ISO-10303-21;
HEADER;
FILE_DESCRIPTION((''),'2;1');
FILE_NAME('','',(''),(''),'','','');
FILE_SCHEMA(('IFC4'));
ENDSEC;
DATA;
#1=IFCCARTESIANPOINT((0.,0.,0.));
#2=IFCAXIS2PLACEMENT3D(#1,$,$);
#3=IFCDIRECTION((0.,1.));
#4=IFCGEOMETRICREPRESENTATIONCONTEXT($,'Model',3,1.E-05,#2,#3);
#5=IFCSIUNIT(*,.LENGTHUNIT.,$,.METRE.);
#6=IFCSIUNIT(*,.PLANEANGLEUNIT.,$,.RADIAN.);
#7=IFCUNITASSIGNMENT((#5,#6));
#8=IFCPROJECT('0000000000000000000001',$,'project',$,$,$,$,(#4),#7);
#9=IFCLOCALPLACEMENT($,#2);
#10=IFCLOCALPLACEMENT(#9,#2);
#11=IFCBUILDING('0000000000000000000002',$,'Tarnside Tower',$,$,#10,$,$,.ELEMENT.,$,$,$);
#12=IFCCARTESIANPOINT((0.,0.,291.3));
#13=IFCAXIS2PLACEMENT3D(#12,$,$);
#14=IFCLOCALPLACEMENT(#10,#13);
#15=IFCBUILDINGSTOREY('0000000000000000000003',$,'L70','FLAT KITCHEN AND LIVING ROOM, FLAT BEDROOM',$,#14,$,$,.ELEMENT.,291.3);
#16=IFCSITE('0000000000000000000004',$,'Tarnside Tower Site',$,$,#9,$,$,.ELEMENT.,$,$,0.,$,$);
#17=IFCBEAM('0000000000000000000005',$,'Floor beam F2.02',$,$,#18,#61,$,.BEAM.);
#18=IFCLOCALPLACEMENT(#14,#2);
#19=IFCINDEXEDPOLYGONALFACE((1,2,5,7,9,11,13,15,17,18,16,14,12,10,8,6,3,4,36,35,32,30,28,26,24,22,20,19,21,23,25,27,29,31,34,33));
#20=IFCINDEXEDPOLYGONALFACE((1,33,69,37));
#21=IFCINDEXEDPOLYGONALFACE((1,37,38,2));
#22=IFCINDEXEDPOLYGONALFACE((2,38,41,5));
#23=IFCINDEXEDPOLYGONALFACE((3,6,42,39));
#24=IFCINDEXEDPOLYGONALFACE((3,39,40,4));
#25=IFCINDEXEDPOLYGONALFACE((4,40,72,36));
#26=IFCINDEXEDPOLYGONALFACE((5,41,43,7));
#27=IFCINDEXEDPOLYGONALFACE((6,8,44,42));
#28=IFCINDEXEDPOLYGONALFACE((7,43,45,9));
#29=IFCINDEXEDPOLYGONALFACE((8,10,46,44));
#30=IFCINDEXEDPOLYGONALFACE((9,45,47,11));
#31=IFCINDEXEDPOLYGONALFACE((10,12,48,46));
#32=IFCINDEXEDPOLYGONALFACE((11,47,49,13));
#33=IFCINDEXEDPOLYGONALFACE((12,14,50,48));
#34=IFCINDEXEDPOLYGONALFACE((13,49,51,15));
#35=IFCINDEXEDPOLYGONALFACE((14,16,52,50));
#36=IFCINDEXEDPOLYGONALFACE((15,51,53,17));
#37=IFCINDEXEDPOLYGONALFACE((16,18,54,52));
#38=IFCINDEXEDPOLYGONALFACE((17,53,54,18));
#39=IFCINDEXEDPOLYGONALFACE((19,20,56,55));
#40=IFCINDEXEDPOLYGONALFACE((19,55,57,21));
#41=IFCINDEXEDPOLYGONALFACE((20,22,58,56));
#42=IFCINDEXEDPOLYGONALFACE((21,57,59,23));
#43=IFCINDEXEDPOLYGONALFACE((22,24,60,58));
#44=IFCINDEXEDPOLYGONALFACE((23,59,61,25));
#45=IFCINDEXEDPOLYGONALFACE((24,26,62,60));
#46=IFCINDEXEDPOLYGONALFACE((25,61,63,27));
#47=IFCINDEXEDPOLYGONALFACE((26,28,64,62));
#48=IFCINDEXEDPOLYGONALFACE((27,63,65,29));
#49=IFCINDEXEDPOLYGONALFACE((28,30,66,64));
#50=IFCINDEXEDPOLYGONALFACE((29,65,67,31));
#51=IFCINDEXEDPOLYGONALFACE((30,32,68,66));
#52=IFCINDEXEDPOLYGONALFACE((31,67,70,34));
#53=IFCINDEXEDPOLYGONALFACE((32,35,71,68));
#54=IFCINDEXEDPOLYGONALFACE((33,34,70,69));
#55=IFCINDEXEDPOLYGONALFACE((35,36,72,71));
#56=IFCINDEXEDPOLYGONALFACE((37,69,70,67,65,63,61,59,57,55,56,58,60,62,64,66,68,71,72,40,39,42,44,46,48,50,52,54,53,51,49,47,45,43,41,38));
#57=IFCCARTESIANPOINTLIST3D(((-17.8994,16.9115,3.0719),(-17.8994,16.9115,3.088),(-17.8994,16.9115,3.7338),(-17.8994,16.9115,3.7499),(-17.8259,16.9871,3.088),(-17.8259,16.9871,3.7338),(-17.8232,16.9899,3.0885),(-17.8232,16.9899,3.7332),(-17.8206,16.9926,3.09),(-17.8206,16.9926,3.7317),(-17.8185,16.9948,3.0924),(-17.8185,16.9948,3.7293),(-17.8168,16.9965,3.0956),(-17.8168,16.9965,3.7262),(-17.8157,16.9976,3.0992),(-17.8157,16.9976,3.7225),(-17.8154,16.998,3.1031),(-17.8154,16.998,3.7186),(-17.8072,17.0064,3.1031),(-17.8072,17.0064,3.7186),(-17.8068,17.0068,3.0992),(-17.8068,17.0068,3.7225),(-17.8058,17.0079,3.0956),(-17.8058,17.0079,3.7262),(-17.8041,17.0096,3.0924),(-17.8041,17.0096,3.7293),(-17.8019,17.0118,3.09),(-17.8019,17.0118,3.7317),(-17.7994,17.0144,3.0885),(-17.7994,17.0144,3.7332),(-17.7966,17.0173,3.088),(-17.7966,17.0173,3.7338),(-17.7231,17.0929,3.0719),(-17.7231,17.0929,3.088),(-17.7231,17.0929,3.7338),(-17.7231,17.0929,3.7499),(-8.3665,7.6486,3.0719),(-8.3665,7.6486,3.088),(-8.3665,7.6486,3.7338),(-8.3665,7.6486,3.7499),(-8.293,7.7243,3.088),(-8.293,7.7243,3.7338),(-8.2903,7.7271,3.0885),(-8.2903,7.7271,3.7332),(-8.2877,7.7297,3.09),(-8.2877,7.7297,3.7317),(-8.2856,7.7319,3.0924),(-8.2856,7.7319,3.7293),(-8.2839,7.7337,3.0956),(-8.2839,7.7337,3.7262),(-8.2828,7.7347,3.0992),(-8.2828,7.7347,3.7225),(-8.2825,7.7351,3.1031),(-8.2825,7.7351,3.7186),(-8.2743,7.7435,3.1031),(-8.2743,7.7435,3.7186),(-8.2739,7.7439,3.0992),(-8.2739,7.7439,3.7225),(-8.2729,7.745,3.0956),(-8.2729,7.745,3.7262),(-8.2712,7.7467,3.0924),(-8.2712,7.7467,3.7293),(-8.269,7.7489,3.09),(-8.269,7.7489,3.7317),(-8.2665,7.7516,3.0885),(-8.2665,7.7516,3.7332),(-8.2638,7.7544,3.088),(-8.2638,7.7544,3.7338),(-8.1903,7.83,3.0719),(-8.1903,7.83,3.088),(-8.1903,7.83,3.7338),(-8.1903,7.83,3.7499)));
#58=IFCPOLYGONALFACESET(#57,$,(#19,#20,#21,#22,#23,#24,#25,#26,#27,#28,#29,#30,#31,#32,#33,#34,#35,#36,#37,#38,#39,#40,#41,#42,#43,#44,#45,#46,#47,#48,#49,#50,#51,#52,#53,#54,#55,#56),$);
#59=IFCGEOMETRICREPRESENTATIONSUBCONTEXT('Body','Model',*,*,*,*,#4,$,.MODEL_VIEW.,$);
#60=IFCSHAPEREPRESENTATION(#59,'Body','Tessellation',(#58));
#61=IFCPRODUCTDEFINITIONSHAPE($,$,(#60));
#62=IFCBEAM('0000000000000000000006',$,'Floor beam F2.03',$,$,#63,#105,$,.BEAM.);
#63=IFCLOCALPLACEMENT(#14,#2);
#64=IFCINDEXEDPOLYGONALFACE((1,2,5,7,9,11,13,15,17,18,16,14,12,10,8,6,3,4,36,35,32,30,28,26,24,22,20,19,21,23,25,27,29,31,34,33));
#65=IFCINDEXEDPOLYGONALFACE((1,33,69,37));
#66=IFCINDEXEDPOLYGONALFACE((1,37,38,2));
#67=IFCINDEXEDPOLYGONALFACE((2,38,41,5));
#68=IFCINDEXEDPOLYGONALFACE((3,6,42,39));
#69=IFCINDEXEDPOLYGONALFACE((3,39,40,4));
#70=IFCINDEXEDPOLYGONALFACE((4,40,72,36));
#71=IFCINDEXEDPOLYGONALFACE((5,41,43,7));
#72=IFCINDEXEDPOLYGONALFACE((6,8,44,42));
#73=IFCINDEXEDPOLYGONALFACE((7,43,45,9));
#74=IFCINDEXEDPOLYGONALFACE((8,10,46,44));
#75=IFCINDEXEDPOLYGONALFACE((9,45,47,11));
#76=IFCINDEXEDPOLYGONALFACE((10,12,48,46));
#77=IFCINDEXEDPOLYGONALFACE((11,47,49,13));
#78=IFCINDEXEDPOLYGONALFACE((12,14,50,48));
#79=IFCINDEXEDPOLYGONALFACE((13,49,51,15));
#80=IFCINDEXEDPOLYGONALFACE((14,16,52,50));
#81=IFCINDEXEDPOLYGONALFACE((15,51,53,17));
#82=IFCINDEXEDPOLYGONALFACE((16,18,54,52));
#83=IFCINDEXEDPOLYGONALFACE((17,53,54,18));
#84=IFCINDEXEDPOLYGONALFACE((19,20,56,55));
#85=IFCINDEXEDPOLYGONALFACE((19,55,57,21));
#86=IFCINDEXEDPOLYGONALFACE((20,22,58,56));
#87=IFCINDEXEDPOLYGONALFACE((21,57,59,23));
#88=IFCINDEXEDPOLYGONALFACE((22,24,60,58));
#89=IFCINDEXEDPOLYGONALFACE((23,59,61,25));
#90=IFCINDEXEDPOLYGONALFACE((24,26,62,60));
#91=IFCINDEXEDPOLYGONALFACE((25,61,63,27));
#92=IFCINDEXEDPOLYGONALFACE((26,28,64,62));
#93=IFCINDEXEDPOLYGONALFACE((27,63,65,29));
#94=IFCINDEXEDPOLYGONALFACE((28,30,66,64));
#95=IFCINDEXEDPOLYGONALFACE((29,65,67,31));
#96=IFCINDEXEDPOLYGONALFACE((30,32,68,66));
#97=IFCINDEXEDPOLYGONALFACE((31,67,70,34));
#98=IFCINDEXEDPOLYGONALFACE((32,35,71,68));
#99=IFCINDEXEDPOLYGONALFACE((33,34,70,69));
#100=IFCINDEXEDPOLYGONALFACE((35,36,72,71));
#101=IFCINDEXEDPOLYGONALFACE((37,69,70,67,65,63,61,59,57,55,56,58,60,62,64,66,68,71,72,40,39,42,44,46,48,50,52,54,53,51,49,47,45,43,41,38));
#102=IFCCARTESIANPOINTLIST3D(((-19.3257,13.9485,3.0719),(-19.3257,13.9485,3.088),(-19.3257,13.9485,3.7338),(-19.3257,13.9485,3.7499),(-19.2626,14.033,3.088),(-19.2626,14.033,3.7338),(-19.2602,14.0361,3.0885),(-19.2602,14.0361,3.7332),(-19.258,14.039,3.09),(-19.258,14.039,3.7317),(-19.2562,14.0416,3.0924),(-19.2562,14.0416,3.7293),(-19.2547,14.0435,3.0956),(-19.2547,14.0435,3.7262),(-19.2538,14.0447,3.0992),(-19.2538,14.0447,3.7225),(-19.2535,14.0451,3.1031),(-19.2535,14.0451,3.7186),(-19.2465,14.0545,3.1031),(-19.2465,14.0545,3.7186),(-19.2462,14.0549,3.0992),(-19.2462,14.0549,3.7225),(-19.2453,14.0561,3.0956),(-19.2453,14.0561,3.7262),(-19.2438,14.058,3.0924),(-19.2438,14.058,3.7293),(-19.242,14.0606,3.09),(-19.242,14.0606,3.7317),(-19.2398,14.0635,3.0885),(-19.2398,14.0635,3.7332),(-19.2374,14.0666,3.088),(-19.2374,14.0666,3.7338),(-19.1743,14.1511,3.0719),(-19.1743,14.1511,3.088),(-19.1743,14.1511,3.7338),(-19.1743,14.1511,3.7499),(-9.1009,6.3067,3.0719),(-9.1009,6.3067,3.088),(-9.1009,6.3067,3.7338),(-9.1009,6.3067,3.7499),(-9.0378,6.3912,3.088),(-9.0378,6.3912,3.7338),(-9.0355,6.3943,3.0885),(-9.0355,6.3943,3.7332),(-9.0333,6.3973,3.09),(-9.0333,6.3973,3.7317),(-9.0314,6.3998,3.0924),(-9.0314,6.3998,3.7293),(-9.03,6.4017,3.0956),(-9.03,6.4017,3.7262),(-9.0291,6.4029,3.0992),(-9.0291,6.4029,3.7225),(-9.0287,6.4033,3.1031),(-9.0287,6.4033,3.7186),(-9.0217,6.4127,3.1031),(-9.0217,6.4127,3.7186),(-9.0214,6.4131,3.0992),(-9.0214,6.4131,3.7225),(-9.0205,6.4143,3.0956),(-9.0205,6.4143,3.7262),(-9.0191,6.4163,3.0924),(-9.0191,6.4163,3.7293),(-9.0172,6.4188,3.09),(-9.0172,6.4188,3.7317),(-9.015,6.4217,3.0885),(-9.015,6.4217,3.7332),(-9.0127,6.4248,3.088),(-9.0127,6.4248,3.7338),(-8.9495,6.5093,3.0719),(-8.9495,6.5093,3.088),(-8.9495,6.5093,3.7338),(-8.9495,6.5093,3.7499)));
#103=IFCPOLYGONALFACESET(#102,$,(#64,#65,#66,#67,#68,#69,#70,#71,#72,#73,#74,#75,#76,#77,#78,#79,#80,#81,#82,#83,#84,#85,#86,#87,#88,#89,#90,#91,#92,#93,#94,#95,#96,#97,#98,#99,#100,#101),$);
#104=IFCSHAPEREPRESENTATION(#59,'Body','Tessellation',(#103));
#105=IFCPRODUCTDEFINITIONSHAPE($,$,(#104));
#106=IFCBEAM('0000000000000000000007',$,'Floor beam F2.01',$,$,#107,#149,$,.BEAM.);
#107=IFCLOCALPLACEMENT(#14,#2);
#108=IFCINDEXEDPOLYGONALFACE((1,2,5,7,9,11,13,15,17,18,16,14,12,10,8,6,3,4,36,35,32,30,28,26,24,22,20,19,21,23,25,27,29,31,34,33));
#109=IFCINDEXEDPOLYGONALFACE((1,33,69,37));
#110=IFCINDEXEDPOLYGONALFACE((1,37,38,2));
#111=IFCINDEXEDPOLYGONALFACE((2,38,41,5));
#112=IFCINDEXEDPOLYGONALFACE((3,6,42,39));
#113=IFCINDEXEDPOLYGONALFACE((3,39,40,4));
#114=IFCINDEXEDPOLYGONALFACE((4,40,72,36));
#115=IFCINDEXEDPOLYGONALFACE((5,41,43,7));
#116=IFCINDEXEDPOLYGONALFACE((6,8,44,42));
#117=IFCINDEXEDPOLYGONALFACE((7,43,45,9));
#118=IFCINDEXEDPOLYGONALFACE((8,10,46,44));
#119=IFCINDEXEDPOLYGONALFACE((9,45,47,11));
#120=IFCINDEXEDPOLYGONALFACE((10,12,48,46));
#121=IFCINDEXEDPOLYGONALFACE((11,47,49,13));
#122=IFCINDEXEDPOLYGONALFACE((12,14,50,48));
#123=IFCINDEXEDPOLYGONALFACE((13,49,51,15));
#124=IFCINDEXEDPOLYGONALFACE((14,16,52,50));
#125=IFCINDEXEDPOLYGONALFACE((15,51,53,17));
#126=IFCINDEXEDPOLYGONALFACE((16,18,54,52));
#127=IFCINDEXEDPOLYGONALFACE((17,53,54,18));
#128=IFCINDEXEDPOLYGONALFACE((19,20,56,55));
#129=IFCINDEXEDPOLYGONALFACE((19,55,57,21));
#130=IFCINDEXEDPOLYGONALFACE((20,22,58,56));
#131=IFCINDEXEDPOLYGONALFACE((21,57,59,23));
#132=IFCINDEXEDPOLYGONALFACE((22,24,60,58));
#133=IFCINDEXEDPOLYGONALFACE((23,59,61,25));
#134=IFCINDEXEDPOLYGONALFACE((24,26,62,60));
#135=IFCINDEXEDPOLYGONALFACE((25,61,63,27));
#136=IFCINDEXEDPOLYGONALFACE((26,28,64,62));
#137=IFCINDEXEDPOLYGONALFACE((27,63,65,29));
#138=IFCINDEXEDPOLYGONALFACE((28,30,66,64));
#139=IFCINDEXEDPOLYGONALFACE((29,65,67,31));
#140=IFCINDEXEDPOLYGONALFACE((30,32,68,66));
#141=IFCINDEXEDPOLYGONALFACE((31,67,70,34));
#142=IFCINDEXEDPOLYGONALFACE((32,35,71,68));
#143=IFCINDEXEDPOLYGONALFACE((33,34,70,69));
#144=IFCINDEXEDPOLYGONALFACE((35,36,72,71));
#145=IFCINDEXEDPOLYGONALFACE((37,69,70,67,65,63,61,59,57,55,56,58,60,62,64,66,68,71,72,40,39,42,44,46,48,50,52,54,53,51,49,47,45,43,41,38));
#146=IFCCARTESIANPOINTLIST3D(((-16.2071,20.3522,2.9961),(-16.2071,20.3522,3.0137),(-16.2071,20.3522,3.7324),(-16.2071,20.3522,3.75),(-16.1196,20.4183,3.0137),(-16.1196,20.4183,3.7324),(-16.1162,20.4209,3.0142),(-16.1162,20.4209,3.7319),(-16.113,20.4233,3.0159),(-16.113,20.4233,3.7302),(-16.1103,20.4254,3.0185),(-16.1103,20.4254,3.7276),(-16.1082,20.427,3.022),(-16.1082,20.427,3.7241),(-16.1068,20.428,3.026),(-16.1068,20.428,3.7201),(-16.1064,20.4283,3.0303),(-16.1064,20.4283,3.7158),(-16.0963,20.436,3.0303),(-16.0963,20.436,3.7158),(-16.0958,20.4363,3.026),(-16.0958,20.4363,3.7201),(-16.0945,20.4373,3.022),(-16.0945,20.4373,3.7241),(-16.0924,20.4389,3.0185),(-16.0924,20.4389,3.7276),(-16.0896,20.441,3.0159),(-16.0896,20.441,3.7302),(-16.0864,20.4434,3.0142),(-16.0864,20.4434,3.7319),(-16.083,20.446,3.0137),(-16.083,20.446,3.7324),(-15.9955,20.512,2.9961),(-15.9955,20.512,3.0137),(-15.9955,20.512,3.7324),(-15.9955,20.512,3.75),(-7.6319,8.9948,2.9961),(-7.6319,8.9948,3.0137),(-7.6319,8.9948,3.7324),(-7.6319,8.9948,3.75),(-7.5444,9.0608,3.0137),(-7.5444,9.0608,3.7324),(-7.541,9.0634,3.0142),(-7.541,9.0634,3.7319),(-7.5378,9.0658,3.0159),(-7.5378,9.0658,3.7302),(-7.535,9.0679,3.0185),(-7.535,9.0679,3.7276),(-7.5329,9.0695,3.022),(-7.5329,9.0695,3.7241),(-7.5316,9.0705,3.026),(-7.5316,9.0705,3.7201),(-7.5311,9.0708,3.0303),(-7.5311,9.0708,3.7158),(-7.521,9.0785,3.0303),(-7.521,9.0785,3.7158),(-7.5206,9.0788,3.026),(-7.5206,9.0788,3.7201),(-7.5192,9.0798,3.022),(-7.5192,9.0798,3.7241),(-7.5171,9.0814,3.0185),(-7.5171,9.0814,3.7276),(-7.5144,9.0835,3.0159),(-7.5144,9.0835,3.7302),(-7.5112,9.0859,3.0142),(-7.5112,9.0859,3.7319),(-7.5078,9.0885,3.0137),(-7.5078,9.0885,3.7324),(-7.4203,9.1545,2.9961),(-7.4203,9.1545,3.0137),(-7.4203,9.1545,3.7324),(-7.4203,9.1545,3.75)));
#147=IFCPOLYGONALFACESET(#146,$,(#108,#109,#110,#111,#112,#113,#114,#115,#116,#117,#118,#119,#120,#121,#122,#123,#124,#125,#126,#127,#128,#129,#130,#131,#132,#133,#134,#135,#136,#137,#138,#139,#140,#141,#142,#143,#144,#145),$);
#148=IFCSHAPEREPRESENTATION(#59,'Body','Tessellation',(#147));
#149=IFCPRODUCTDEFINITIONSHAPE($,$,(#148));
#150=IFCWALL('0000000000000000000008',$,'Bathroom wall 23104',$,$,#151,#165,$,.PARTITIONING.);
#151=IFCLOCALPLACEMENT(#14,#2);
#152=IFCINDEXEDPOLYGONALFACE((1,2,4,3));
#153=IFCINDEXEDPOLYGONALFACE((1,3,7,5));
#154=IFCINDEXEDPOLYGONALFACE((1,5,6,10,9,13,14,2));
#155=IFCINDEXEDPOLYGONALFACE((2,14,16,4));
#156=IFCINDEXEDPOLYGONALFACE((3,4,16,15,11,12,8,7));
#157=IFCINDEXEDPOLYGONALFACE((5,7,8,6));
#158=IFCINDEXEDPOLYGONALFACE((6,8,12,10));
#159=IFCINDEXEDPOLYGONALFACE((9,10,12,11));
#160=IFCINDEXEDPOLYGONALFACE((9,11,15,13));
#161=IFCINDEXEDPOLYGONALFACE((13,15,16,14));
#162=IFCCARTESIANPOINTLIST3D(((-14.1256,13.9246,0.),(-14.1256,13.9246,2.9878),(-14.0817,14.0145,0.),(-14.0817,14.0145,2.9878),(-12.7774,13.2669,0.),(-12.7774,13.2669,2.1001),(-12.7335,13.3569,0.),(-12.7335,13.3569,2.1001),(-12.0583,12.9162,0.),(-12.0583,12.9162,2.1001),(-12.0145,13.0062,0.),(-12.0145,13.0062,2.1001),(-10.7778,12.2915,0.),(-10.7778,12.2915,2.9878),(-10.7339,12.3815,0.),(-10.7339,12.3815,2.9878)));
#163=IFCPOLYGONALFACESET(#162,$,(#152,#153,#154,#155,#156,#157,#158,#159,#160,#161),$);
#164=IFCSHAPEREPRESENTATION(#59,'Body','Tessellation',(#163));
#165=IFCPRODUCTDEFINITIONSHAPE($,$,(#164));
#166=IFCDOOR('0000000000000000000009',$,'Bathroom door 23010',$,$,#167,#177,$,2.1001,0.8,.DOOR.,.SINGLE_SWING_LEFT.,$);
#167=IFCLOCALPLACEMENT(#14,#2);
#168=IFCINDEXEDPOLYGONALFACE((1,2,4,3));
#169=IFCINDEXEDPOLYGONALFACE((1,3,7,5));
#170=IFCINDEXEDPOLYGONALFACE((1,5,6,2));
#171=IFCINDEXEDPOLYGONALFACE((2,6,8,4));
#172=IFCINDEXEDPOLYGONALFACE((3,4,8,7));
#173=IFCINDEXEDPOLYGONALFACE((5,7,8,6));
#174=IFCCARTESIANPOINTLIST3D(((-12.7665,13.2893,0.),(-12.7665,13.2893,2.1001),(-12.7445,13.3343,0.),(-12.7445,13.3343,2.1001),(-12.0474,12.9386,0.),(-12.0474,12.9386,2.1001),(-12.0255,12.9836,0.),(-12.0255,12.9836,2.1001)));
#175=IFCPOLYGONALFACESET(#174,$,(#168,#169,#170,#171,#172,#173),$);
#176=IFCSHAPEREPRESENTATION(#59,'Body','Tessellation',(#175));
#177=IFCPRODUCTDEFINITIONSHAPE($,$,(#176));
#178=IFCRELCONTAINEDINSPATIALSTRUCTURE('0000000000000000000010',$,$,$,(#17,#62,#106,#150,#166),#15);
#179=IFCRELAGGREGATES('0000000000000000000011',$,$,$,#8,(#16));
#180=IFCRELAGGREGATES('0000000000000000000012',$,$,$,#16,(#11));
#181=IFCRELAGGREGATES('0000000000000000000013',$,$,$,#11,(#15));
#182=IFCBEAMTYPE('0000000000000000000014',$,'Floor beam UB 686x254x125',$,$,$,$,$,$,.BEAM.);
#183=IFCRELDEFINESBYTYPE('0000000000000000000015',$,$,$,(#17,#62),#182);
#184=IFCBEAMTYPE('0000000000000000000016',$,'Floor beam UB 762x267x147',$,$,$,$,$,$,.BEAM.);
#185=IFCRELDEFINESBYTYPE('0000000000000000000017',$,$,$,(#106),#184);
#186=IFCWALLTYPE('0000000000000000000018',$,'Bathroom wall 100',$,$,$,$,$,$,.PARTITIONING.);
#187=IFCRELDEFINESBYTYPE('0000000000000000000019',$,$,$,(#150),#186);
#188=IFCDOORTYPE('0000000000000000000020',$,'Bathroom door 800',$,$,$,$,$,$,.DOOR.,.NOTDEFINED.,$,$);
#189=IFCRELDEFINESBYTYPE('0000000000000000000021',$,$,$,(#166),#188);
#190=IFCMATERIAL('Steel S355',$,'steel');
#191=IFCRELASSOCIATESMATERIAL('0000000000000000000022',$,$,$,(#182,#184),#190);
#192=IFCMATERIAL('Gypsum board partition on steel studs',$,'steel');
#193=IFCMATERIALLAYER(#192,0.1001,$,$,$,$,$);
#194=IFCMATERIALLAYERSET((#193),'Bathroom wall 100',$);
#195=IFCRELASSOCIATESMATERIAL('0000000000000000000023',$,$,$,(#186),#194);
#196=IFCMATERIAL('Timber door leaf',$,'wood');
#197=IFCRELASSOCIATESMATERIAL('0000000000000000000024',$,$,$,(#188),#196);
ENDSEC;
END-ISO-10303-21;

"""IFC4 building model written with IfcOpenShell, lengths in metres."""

from ifc_helpers import new_model, si_unit, direction, frame, frame_2d, origin, origin_2d, place, context, subcontext, project, spatial, rectangle, i_section, extrude, material, layer, layer_set, material_profile, profile_set, type_object, element, fill, save


model = new_model("IFC4")

# Units and contexts
model_context = context("Model", 3, precision=1e-05, world=origin(), true_north=direction((0.0, 1.0)))
body_context = subcontext(model_context, "Body", "Model", "MODEL_VIEW")
ifc_project = project(units=[si_unit("LENGTHUNIT", "METRE"), si_unit("PLANEANGLEUNIT", "RADIAN")], contexts=[model_context])

# Site, building, storey
site_placement = place(None, origin())
site = spatial("IfcSite", under=ifc_project, at=site_placement, Name="Tarnside Tower Site", CompositionType="ELEMENT", RefElevation=0.0)
building_placement = place(site_placement, origin())
building = spatial("IfcBuilding", under=site, at=building_placement, Name="Tarnside Tower", CompositionType="ELEMENT")
storey_placement = place(building_placement, frame((0.0, 0.0, 291.3)))
storey = spatial("IfcBuildingStorey", under=building, at=storey_placement, Name="L70", Description="FLAT KITCHEN AND LIVING ROOM, FLAT BEDROOM", CompositionType="ELEMENT", Elevation=291.3)

# Beams
ifc_material_1 = material(Name="Steel S355", Category="steel")
ifc_material_profile_1 = material_profile(ifc_material_1, i_section(OverallWidth=0.2529, OverallDepth=0.678, WebThickness=0.0117, FlangeThickness=0.0161, FilletRadius=0.0151, at=origin_2d()), Name="UB 686x254x125")
ifc_profile_set_1 = profile_set([ifc_material_profile_1], Name="Steel S355")
beam_type_1 = type_object("IfcBeamType", Name="Floor beam UB 686x254x125", PredefinedType="BEAM", material=ifc_profile_set_1)
beam_1_placement = place(storey_placement, frame((-17.8113, 17.0022, 3.4109), z_axis=(0.717191, -0.696877, 0.0), x_axis=(0.696877, 0.717191, 0.0)))
element("IfcBeam", 1, at=beam_1_placement, inside=storey, type_object=beam_type_1, Name="Floor beam F2.02", PredefinedType="BEAM", context=body_context, shape_type="SweptSolid", body=[
    extrude(i_section(OverallWidth=0.2529, OverallDepth=0.678, WebThickness=0.0117, FlangeThickness=0.0161, FilletRadius=0.0151, at=origin_2d()), origin(), (0.0, 0.0, 1.0), 13.292),
])
beam_2_placement = place(storey_placement, frame((-19.25, 14.0498, 3.4109), z_axis=(0.801006, -0.598656, 0.0), x_axis=(0.598656, 0.801006, 0.0)))
element("IfcBeam", 2, at=beam_2_placement, inside=storey, type_object=beam_type_1, Name="Floor beam F2.03", PredefinedType="BEAM", context=body_context, shape_type="SweptSolid", body=[
    extrude(i_section(OverallWidth=0.2529, OverallDepth=0.678, WebThickness=0.0117, FlangeThickness=0.0161, FilletRadius=0.0151, at=origin_2d()), origin(), (0.0, 0.0, 1.0), 12.7649),
])
ifc_material_profile_2 = material_profile(ifc_material_1, i_section(OverallWidth=0.2651, OverallDepth=0.7539, WebThickness=0.0127, FlangeThickness=0.0176, FilletRadius=0.0166, at=origin_2d()), Name="UB 762x267x147")
ifc_profile_set_2 = profile_set([ifc_material_profile_2], Name="Steel S355")
beam_type_2 = type_object("IfcBeamType", Name="Floor beam UB 762x267x147", PredefinedType="BEAM", material=ifc_profile_set_2)
beam_3_placement = place(storey_placement, frame((-16.1013, 20.4321, 3.373), z_axis=(0.602566, -0.798069, 0.0), x_axis=(0.798069, 0.602566, 0.0)))
element("IfcBeam", 3, at=beam_3_placement, inside=storey, type_object=beam_type_2, Name="Floor beam F2.01", PredefinedType="BEAM", context=body_context, shape_type="SweptSolid", body=[
    extrude(i_section(OverallWidth=0.2651, OverallDepth=0.7539, WebThickness=0.0127, FlangeThickness=0.0176, FilletRadius=0.0166, at=origin_2d()), origin(), (0.0, 0.0, 1.0), 14.2312),
])

# Wall, opening, door
ifc_material_2 = material(Name="Gypsum board partition on steel studs", Category="steel")
ifc_layer_1 = layer(ifc_material_2, 0.1001)
ifc_layer_set_1 = layer_set([ifc_layer_1], Name="Bathroom wall 100")
wall_type_1 = type_object("IfcWallType", Name="Bathroom wall 100", PredefinedType="PARTITIONING", material=ifc_layer_set_1)
wall_1_placement = place(storey_placement, frame((-14.1035, 13.9695, 0.0), z_axis=(0.0, 0.0, 1.0), x_axis=(0.898775, -0.438409, 0.0)))
wall_1 = element("IfcWall", 4, at=wall_1_placement, inside=storey, type_object=wall_type_1, Name="Bathroom wall 23104", PredefinedType="PARTITIONING", context=body_context, shape_type="SweptSolid", body=[
    extrude(rectangle(XDim=3.7249, YDim=0.1001, at=frame_2d((1.8623, 0.0))), origin(), (0.0, 0.0, 1.0), 2.9878),
])
opening_1_placement = place(wall_1_placement, frame((1.5, 0.0, 0.0)))
opening_1 = element("IfcOpeningElement", 5, at=opening_1_placement, cuts=wall_1, PredefinedType="OPENING", context=body_context, shape_type="SweptSolid", body=[
    extrude(rectangle(XDim=0.8, YDim=2.1001, at=frame_2d((0.3999, 1.05))), frame((0.0, 0.0601, 0.0), z_axis=(0.0, -1.0, 0.0), x_axis=(1.0, 0.0, 0.0)), (0.0, 0.0, 1.0), 0.1201),
])
ifc_material_3 = material(Name="Timber door leaf", Category="wood")
door_type_1 = type_object("IfcDoorType", Name="Bathroom door 800", OperationType="NOTDEFINED", PredefinedType="DOOR", material=ifc_material_3)
door_1_placement = place(opening_1_placement, origin())
door_1 = element("IfcDoor", 6, at=door_1_placement, inside=storey, type_object=door_type_1, Name="Bathroom door 23010", OperationType="SINGLE_SWING_LEFT", OverallHeight=2.1001, OverallWidth=0.8, PredefinedType="DOOR", context=body_context, shape_type="SweptSolid", body=[
    extrude(rectangle(XDim=0.8, YDim=2.1001, at=frame_2d((0.3999, 1.05))), frame((0.0, 0.0249, 0.0), z_axis=(0.0, -1.0, 0.0), x_axis=(1.0, 0.0, 0.0)), (0.0, 0.0, 1.0), 0.05),
])
fill(opening_1, door_1)

save(model, "model.ifc")
